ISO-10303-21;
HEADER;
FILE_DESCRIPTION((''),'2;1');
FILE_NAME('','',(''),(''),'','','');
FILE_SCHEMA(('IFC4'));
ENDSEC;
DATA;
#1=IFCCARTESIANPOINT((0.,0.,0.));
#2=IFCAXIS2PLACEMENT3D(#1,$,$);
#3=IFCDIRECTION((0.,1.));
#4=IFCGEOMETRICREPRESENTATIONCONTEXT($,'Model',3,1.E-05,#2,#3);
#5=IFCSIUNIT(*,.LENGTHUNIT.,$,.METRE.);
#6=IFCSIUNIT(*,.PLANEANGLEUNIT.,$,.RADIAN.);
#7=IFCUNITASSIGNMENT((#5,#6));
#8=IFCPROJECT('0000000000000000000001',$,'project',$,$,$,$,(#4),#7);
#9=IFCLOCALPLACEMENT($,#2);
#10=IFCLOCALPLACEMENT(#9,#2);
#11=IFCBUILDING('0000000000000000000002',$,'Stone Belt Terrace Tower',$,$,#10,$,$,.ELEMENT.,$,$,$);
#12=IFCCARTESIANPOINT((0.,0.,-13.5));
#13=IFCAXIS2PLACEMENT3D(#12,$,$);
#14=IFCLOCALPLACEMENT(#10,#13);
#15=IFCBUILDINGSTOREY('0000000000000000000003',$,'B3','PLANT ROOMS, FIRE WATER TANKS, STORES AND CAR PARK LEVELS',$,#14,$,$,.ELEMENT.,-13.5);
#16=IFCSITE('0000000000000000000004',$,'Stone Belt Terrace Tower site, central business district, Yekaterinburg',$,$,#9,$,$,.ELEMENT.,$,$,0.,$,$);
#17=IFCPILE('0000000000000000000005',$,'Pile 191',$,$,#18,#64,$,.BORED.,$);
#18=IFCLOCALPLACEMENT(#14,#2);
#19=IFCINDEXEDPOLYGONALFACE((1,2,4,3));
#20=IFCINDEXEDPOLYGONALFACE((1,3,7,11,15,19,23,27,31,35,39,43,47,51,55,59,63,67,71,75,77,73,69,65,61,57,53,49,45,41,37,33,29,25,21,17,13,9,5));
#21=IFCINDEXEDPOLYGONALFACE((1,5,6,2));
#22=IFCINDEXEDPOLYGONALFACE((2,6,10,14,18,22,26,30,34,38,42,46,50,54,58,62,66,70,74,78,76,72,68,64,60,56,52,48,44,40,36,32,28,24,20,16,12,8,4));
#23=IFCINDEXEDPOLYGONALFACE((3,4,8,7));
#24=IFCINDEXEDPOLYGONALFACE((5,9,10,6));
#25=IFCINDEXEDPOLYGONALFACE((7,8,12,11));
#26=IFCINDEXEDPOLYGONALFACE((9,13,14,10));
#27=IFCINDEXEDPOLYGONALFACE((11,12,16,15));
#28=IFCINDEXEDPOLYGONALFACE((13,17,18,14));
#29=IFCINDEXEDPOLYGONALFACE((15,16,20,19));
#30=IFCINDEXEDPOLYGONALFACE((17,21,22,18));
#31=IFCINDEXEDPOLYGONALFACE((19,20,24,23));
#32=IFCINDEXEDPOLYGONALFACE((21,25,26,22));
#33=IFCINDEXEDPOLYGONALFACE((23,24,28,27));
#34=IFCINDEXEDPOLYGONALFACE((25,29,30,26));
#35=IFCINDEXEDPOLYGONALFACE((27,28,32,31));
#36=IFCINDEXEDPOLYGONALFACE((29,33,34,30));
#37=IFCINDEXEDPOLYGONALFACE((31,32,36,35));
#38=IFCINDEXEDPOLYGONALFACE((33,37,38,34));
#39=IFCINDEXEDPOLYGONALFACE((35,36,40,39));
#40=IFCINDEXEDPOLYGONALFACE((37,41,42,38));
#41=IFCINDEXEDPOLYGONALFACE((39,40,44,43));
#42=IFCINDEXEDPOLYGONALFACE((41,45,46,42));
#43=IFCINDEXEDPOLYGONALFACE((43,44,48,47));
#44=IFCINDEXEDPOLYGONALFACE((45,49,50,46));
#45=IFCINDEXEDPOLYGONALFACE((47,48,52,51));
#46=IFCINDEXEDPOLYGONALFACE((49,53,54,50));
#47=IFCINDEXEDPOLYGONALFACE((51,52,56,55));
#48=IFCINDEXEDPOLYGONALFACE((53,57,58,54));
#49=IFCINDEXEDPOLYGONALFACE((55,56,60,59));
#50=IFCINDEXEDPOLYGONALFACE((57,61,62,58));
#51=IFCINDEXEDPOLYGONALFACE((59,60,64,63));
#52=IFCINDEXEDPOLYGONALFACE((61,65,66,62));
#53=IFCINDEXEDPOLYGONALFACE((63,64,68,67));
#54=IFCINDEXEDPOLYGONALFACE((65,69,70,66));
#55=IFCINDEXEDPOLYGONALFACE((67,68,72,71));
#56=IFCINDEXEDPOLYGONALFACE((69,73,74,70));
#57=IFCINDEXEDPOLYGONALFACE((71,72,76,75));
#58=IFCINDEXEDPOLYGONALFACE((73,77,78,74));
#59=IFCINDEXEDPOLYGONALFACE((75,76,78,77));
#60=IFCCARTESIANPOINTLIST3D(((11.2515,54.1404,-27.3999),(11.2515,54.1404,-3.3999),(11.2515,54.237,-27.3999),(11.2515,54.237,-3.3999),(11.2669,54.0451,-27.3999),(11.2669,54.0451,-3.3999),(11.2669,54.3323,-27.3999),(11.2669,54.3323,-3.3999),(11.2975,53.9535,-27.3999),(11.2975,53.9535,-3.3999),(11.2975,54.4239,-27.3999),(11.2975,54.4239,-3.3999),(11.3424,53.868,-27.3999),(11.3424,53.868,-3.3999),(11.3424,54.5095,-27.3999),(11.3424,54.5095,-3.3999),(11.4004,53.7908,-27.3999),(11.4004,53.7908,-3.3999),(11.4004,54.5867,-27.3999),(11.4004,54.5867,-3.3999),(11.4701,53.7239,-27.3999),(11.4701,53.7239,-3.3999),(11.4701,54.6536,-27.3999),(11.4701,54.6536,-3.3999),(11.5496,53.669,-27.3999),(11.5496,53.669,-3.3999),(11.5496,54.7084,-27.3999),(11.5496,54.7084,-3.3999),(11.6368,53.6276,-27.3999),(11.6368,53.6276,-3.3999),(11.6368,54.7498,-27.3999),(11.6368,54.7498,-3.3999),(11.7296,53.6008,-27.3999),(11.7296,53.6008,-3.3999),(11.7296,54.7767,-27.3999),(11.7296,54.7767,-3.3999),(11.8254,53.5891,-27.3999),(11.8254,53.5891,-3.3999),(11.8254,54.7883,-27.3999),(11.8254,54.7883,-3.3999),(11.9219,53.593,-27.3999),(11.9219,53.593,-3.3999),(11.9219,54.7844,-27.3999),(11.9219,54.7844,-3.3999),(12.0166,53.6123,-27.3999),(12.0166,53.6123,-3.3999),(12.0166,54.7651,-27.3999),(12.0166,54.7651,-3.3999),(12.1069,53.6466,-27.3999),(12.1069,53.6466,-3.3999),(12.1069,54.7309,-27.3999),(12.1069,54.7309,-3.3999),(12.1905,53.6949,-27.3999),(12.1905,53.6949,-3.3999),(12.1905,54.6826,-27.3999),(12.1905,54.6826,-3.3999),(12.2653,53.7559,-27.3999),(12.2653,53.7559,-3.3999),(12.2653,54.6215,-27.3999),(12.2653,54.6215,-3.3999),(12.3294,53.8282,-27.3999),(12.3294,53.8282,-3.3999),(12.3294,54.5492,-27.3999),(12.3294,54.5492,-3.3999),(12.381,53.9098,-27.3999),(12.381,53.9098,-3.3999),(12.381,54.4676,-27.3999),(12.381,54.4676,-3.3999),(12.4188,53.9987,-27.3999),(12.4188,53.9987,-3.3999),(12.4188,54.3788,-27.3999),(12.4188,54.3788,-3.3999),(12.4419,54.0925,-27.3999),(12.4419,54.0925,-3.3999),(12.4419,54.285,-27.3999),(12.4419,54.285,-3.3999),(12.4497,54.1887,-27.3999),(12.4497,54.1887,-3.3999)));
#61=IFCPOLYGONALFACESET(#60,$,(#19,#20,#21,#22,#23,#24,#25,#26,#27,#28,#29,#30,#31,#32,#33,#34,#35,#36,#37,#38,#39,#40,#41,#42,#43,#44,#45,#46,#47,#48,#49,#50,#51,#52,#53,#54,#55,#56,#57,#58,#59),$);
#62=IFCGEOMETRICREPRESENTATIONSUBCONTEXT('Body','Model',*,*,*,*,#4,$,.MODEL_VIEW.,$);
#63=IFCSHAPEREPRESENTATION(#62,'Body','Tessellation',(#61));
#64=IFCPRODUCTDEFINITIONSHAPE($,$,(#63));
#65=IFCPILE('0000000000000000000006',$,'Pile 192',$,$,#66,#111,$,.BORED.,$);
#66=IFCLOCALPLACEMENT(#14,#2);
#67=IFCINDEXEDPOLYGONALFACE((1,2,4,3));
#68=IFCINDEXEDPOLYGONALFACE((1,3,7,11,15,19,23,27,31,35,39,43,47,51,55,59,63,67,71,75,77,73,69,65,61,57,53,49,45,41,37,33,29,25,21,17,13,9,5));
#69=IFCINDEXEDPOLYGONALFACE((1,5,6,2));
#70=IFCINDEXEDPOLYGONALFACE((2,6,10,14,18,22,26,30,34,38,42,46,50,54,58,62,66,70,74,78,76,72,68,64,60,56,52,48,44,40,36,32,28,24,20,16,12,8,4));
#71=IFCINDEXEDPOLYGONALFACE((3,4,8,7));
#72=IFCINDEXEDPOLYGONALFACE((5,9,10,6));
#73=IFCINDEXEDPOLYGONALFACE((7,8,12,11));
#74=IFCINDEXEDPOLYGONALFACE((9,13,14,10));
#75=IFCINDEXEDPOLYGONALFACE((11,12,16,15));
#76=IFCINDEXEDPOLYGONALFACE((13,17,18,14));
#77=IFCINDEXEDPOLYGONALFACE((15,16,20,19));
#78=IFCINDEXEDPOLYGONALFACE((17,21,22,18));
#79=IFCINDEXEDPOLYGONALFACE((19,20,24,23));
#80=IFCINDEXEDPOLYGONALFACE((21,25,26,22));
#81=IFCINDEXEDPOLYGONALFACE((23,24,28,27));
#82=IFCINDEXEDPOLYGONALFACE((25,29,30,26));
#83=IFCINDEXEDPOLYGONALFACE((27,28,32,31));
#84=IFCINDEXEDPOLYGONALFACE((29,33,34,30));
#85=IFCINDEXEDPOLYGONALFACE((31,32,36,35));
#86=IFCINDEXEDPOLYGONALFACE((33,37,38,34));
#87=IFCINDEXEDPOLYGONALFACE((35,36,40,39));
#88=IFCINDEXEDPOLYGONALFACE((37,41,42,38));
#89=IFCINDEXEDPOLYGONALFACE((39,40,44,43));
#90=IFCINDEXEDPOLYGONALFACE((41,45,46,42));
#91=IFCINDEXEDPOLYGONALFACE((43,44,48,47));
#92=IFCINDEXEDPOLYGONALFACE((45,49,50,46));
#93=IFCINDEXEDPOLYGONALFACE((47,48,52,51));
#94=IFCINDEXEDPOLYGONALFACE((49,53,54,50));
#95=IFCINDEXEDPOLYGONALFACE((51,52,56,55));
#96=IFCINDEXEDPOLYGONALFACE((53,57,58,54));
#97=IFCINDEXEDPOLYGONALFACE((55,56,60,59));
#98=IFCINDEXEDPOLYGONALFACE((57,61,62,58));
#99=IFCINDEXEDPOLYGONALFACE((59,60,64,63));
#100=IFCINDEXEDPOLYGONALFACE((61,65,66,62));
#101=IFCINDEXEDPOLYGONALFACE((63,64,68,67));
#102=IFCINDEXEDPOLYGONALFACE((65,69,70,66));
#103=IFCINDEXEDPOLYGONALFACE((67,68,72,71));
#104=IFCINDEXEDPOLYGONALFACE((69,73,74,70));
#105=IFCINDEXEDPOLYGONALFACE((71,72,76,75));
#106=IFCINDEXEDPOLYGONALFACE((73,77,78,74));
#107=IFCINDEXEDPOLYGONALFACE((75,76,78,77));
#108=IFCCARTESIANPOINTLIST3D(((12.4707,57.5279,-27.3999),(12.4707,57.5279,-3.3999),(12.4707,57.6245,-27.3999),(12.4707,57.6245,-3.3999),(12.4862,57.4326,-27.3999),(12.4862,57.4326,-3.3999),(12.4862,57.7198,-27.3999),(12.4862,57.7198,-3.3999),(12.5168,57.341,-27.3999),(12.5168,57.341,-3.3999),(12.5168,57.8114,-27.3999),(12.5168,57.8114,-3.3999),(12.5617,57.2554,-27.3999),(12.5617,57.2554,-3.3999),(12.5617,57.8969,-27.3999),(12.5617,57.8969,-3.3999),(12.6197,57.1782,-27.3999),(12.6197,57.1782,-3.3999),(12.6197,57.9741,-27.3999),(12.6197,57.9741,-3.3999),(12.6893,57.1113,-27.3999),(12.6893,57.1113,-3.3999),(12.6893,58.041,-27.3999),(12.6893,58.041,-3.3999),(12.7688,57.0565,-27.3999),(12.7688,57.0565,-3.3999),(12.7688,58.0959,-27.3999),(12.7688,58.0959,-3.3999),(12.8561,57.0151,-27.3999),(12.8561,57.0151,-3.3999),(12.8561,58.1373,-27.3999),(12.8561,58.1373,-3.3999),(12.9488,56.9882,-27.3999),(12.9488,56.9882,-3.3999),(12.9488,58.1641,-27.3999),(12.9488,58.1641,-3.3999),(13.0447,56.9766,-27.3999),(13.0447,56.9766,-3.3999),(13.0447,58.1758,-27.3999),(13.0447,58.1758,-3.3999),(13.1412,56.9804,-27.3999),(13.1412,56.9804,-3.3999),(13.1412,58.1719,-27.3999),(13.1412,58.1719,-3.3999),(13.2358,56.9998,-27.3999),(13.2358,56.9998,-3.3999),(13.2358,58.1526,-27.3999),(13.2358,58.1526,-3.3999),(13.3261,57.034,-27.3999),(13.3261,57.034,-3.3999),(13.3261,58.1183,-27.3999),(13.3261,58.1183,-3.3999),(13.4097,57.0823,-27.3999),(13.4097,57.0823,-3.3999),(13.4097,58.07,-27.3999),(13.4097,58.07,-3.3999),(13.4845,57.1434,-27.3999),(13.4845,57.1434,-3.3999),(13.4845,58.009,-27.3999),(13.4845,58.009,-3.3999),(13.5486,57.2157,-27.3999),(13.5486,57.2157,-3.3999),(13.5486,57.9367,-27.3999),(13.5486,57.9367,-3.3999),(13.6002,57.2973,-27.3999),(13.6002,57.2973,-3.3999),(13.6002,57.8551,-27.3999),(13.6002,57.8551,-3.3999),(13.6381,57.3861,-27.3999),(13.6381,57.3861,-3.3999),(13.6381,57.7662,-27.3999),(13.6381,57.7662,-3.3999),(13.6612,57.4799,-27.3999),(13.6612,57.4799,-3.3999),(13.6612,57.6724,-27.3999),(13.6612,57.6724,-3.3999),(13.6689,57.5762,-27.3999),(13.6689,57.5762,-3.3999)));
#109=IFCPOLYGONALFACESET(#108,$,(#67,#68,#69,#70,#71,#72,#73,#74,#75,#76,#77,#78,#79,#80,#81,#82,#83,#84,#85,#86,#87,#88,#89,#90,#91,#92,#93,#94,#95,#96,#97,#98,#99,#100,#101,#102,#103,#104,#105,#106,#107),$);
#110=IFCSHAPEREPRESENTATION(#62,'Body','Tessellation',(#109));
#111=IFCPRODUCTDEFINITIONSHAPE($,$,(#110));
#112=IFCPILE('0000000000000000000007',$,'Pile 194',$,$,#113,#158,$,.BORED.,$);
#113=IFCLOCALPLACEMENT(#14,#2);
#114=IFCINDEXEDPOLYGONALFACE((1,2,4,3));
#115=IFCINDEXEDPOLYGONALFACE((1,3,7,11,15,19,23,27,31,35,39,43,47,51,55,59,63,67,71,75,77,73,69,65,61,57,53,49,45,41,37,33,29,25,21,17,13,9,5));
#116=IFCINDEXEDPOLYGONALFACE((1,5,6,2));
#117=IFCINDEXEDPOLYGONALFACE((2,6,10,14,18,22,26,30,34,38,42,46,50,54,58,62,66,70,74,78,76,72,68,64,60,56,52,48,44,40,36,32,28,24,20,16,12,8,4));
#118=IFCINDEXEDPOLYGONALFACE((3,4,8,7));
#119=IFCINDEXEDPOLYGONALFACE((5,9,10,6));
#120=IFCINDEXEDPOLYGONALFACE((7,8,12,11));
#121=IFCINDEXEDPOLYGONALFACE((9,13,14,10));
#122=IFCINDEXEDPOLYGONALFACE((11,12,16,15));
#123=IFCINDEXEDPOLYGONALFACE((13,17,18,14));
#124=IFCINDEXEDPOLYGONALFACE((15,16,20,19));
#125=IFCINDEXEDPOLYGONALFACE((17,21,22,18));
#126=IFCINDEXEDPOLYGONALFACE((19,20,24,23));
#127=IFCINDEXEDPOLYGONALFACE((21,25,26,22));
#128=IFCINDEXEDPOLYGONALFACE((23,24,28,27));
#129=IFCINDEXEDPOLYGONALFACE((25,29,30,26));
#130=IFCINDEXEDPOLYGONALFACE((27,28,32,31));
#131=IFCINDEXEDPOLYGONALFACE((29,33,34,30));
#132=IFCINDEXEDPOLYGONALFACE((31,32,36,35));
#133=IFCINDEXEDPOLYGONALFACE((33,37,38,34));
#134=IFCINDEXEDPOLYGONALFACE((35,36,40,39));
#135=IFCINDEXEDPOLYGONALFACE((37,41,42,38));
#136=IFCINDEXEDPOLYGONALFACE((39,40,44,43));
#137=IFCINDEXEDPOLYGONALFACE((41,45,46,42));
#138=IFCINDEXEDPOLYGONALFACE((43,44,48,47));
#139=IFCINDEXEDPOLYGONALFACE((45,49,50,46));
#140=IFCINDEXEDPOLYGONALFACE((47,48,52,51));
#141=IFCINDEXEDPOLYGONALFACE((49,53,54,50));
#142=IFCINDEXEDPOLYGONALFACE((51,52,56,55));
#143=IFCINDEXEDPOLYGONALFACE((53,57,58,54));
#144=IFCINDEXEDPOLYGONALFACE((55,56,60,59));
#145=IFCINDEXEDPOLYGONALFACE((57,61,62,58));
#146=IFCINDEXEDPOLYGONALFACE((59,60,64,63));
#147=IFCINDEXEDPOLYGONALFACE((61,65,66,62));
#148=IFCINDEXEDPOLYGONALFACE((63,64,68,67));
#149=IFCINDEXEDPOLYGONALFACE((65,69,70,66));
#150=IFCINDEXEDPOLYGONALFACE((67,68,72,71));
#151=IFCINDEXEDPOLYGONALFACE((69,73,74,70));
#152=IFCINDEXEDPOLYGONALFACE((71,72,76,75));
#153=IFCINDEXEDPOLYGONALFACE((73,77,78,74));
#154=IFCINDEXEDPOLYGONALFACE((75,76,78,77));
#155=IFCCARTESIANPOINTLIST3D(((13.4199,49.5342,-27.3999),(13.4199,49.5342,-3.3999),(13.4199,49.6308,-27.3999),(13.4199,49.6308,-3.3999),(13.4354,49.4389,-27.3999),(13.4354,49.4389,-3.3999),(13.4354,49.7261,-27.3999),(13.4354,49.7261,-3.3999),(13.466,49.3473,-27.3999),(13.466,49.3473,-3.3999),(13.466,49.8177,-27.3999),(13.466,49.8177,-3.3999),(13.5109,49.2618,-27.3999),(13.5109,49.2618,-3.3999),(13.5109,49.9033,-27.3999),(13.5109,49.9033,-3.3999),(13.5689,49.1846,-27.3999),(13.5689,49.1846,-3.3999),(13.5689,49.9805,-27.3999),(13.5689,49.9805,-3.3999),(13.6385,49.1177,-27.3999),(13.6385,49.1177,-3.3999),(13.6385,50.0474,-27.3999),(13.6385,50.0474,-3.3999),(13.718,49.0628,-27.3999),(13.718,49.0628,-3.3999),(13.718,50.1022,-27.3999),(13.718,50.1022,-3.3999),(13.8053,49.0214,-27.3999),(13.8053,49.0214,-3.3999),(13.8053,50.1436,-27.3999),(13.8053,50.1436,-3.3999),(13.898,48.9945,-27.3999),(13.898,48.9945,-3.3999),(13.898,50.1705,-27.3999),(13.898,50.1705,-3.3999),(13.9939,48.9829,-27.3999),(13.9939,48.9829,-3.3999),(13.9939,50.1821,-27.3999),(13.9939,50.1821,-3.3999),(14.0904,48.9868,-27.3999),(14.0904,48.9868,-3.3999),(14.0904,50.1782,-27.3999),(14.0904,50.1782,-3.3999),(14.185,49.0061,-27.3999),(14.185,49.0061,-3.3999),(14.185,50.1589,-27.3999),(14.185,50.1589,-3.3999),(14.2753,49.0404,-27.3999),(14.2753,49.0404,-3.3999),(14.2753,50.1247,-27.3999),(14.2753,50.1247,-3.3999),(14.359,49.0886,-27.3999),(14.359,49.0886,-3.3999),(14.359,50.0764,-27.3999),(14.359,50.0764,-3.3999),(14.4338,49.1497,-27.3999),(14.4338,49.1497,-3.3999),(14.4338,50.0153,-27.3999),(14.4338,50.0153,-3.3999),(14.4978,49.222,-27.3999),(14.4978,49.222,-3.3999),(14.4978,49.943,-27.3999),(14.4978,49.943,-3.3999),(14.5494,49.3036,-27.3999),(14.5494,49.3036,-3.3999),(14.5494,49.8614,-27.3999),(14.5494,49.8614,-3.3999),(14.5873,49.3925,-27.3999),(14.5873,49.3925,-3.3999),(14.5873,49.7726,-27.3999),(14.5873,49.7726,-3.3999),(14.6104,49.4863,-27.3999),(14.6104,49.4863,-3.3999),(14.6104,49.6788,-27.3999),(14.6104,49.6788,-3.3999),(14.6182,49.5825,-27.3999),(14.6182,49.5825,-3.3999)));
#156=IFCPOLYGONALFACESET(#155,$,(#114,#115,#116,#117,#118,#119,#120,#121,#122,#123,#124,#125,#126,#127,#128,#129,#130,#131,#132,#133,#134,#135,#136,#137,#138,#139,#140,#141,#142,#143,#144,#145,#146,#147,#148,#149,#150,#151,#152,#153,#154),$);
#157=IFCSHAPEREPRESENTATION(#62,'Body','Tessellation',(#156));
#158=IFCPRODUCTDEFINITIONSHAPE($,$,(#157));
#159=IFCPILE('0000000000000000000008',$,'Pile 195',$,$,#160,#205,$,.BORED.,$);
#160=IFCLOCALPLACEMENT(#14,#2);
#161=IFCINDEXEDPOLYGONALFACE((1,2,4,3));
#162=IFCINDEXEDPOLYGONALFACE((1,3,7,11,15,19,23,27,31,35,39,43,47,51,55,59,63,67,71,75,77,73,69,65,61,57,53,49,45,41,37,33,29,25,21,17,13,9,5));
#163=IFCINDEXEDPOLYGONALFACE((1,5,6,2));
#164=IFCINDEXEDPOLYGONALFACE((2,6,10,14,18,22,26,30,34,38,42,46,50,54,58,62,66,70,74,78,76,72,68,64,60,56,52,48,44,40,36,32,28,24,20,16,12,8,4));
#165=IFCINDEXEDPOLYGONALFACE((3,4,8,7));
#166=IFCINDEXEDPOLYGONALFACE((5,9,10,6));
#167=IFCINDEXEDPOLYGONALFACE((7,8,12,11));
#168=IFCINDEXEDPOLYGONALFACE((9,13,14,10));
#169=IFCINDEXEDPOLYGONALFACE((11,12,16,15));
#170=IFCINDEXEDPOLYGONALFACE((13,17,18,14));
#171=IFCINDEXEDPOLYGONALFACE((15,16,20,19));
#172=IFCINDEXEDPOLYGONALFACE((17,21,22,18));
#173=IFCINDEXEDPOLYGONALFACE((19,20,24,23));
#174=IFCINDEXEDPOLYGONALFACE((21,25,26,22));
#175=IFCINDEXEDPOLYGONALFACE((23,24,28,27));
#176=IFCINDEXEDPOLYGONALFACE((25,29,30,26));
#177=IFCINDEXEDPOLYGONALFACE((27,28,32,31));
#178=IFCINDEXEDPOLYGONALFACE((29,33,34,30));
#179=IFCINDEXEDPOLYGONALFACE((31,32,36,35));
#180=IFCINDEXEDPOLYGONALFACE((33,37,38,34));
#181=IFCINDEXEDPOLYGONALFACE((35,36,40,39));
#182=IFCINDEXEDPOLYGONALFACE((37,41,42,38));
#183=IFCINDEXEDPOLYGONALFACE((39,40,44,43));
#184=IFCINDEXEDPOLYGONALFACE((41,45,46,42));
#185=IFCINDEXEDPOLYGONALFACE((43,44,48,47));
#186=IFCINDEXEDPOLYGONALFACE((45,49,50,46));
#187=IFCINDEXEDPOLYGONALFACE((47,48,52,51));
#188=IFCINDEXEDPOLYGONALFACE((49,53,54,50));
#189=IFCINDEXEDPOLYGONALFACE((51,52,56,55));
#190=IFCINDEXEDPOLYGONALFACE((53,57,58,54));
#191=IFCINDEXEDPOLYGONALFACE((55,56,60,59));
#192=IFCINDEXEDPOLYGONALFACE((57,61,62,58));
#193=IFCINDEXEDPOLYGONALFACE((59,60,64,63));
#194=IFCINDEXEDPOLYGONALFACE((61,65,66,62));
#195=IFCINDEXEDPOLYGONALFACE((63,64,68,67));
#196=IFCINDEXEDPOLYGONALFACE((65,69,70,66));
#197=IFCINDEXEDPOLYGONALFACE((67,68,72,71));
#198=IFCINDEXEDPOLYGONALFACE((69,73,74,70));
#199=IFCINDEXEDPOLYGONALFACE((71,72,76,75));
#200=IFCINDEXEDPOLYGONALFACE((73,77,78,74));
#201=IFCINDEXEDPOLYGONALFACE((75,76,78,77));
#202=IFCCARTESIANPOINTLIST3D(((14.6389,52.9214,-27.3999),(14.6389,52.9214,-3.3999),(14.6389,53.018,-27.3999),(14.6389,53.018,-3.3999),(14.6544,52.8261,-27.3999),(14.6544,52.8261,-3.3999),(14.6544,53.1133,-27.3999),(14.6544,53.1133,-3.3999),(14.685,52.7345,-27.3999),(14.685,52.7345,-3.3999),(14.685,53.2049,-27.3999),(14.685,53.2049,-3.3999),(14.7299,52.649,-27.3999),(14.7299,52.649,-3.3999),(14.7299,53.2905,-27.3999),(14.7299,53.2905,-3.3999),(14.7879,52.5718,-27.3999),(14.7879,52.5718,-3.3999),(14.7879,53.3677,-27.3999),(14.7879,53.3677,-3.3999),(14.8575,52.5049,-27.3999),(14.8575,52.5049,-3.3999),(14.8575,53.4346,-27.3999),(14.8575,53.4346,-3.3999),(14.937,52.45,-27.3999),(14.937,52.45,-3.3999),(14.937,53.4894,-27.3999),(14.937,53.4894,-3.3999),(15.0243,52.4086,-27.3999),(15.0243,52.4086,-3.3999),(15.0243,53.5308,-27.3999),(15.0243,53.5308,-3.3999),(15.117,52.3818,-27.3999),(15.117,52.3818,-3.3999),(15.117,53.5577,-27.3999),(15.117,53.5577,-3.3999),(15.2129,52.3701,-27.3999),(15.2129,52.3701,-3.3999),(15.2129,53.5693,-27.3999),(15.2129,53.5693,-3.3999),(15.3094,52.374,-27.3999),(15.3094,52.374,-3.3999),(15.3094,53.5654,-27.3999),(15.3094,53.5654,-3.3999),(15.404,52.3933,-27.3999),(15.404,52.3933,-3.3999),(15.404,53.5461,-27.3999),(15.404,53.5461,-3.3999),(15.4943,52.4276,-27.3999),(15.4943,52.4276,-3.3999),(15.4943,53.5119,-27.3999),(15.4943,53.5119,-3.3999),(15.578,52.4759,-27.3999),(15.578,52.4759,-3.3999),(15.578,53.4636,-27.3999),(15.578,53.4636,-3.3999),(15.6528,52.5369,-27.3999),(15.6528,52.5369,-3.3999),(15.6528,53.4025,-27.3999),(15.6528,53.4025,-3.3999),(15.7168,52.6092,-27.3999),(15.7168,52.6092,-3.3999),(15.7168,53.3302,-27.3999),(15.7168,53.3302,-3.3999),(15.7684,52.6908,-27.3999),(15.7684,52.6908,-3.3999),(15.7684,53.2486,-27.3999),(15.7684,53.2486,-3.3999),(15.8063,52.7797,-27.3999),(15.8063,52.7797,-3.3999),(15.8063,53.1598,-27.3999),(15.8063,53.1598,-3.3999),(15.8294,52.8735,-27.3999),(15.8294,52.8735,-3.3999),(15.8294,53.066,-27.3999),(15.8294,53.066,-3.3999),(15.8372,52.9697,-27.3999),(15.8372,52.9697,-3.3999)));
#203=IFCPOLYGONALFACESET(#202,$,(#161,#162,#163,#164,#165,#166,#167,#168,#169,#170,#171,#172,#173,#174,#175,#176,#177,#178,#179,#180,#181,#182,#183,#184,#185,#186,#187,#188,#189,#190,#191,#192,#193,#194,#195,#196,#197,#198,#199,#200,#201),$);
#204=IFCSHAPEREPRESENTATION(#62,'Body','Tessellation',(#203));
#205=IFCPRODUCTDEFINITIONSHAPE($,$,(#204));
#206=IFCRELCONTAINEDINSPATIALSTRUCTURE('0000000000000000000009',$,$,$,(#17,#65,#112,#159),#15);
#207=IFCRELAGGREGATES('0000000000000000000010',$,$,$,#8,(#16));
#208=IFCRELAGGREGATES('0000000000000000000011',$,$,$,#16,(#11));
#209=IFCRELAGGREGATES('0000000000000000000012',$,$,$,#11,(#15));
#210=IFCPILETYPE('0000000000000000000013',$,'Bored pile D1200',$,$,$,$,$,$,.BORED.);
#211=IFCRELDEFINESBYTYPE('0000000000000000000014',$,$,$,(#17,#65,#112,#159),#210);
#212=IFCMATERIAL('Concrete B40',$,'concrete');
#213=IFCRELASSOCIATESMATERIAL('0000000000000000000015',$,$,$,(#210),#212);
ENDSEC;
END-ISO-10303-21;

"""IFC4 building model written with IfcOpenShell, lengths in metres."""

from ifc_helpers import new_model, si_unit, direction, frame, origin, origin_2d, place, context, subcontext, project, spatial, circle, extrude, material, material_profile, profile_set, type_object, element, save


model = new_model("IFC4")

# Units and contexts
model_context = context("Model", 3, precision=1e-05, world=origin(), true_north=direction((0.0, 1.0)))
body_context = subcontext(model_context, "Body", "Model", "MODEL_VIEW")
ifc_project = project(units=[si_unit("LENGTHUNIT", "METRE"), si_unit("PLANEANGLEUNIT", "RADIAN")], contexts=[model_context])

# Site, building, storey
site_placement = place(None, origin())
site = spatial("IfcSite", under=ifc_project, at=site_placement, Name="Stone Belt Terrace Tower site, central business district, Yekaterinburg", CompositionType="ELEMENT", RefElevation=0.0)
building_placement = place(site_placement, origin())
building = spatial("IfcBuilding", under=site, at=building_placement, Name="Stone Belt Terrace Tower", CompositionType="ELEMENT")
storey_placement = place(building_placement, frame((0.0, 0.0, -13.5)))
storey = spatial("IfcBuildingStorey", under=building, at=storey_placement, Name="B3", Description="PLANT ROOMS, FIRE WATER TANKS, STORES AND CAR PARK LEVELS", CompositionType="ELEMENT", Elevation=-13.5)

# Piles
ifc_material_1 = material(Name="Concrete B40", Category="concrete")
ifc_material_profile_1 = material_profile(ifc_material_1, circle(Radius=0.6001, at=origin_2d()), Name="PILE D1200")
ifc_profile_set_1 = profile_set([ifc_material_profile_1], Name="Concrete B40")
pile_type = type_object("IfcPileType", Name="Bored pile D1200", PredefinedType="BORED", material=ifc_profile_set_1)
for number, where, z_axis, x_axis, name in (
    (1, (11.8496, 54.1887, -3.3999), (0.0, 0.0, -1.0), (1.0, 0.0, 0.0), "Pile 191"),
    (2, (13.0688, 57.5762, -3.3999), (0.0, 0.0, -1.0), (1.0, 0.0, 0.0), "Pile 192"),
    (3, (14.0181, 49.5825, -3.3999), (0.0, 0.0, -1.0), (1.0, 0.0, 0.0), "Pile 194"),
    (4, (15.2371, 52.9697, -3.3999), (0.0, 0.0, -1.0), (1.0, 0.0, 0.0), "Pile 195"),
):
    element("IfcPile", number, at=place(storey_placement, frame(where, z_axis=z_axis, x_axis=x_axis)), inside=storey, type_object=pile_type, Name=name, PredefinedType="BORED", context=body_context, shape_type="SweptSolid", body=[
        extrude(circle(Radius=0.6001, at=origin_2d()), origin(), (0.0, 0.0, 1.0), 24.0),
    ])

save(model, "model.ifc")
